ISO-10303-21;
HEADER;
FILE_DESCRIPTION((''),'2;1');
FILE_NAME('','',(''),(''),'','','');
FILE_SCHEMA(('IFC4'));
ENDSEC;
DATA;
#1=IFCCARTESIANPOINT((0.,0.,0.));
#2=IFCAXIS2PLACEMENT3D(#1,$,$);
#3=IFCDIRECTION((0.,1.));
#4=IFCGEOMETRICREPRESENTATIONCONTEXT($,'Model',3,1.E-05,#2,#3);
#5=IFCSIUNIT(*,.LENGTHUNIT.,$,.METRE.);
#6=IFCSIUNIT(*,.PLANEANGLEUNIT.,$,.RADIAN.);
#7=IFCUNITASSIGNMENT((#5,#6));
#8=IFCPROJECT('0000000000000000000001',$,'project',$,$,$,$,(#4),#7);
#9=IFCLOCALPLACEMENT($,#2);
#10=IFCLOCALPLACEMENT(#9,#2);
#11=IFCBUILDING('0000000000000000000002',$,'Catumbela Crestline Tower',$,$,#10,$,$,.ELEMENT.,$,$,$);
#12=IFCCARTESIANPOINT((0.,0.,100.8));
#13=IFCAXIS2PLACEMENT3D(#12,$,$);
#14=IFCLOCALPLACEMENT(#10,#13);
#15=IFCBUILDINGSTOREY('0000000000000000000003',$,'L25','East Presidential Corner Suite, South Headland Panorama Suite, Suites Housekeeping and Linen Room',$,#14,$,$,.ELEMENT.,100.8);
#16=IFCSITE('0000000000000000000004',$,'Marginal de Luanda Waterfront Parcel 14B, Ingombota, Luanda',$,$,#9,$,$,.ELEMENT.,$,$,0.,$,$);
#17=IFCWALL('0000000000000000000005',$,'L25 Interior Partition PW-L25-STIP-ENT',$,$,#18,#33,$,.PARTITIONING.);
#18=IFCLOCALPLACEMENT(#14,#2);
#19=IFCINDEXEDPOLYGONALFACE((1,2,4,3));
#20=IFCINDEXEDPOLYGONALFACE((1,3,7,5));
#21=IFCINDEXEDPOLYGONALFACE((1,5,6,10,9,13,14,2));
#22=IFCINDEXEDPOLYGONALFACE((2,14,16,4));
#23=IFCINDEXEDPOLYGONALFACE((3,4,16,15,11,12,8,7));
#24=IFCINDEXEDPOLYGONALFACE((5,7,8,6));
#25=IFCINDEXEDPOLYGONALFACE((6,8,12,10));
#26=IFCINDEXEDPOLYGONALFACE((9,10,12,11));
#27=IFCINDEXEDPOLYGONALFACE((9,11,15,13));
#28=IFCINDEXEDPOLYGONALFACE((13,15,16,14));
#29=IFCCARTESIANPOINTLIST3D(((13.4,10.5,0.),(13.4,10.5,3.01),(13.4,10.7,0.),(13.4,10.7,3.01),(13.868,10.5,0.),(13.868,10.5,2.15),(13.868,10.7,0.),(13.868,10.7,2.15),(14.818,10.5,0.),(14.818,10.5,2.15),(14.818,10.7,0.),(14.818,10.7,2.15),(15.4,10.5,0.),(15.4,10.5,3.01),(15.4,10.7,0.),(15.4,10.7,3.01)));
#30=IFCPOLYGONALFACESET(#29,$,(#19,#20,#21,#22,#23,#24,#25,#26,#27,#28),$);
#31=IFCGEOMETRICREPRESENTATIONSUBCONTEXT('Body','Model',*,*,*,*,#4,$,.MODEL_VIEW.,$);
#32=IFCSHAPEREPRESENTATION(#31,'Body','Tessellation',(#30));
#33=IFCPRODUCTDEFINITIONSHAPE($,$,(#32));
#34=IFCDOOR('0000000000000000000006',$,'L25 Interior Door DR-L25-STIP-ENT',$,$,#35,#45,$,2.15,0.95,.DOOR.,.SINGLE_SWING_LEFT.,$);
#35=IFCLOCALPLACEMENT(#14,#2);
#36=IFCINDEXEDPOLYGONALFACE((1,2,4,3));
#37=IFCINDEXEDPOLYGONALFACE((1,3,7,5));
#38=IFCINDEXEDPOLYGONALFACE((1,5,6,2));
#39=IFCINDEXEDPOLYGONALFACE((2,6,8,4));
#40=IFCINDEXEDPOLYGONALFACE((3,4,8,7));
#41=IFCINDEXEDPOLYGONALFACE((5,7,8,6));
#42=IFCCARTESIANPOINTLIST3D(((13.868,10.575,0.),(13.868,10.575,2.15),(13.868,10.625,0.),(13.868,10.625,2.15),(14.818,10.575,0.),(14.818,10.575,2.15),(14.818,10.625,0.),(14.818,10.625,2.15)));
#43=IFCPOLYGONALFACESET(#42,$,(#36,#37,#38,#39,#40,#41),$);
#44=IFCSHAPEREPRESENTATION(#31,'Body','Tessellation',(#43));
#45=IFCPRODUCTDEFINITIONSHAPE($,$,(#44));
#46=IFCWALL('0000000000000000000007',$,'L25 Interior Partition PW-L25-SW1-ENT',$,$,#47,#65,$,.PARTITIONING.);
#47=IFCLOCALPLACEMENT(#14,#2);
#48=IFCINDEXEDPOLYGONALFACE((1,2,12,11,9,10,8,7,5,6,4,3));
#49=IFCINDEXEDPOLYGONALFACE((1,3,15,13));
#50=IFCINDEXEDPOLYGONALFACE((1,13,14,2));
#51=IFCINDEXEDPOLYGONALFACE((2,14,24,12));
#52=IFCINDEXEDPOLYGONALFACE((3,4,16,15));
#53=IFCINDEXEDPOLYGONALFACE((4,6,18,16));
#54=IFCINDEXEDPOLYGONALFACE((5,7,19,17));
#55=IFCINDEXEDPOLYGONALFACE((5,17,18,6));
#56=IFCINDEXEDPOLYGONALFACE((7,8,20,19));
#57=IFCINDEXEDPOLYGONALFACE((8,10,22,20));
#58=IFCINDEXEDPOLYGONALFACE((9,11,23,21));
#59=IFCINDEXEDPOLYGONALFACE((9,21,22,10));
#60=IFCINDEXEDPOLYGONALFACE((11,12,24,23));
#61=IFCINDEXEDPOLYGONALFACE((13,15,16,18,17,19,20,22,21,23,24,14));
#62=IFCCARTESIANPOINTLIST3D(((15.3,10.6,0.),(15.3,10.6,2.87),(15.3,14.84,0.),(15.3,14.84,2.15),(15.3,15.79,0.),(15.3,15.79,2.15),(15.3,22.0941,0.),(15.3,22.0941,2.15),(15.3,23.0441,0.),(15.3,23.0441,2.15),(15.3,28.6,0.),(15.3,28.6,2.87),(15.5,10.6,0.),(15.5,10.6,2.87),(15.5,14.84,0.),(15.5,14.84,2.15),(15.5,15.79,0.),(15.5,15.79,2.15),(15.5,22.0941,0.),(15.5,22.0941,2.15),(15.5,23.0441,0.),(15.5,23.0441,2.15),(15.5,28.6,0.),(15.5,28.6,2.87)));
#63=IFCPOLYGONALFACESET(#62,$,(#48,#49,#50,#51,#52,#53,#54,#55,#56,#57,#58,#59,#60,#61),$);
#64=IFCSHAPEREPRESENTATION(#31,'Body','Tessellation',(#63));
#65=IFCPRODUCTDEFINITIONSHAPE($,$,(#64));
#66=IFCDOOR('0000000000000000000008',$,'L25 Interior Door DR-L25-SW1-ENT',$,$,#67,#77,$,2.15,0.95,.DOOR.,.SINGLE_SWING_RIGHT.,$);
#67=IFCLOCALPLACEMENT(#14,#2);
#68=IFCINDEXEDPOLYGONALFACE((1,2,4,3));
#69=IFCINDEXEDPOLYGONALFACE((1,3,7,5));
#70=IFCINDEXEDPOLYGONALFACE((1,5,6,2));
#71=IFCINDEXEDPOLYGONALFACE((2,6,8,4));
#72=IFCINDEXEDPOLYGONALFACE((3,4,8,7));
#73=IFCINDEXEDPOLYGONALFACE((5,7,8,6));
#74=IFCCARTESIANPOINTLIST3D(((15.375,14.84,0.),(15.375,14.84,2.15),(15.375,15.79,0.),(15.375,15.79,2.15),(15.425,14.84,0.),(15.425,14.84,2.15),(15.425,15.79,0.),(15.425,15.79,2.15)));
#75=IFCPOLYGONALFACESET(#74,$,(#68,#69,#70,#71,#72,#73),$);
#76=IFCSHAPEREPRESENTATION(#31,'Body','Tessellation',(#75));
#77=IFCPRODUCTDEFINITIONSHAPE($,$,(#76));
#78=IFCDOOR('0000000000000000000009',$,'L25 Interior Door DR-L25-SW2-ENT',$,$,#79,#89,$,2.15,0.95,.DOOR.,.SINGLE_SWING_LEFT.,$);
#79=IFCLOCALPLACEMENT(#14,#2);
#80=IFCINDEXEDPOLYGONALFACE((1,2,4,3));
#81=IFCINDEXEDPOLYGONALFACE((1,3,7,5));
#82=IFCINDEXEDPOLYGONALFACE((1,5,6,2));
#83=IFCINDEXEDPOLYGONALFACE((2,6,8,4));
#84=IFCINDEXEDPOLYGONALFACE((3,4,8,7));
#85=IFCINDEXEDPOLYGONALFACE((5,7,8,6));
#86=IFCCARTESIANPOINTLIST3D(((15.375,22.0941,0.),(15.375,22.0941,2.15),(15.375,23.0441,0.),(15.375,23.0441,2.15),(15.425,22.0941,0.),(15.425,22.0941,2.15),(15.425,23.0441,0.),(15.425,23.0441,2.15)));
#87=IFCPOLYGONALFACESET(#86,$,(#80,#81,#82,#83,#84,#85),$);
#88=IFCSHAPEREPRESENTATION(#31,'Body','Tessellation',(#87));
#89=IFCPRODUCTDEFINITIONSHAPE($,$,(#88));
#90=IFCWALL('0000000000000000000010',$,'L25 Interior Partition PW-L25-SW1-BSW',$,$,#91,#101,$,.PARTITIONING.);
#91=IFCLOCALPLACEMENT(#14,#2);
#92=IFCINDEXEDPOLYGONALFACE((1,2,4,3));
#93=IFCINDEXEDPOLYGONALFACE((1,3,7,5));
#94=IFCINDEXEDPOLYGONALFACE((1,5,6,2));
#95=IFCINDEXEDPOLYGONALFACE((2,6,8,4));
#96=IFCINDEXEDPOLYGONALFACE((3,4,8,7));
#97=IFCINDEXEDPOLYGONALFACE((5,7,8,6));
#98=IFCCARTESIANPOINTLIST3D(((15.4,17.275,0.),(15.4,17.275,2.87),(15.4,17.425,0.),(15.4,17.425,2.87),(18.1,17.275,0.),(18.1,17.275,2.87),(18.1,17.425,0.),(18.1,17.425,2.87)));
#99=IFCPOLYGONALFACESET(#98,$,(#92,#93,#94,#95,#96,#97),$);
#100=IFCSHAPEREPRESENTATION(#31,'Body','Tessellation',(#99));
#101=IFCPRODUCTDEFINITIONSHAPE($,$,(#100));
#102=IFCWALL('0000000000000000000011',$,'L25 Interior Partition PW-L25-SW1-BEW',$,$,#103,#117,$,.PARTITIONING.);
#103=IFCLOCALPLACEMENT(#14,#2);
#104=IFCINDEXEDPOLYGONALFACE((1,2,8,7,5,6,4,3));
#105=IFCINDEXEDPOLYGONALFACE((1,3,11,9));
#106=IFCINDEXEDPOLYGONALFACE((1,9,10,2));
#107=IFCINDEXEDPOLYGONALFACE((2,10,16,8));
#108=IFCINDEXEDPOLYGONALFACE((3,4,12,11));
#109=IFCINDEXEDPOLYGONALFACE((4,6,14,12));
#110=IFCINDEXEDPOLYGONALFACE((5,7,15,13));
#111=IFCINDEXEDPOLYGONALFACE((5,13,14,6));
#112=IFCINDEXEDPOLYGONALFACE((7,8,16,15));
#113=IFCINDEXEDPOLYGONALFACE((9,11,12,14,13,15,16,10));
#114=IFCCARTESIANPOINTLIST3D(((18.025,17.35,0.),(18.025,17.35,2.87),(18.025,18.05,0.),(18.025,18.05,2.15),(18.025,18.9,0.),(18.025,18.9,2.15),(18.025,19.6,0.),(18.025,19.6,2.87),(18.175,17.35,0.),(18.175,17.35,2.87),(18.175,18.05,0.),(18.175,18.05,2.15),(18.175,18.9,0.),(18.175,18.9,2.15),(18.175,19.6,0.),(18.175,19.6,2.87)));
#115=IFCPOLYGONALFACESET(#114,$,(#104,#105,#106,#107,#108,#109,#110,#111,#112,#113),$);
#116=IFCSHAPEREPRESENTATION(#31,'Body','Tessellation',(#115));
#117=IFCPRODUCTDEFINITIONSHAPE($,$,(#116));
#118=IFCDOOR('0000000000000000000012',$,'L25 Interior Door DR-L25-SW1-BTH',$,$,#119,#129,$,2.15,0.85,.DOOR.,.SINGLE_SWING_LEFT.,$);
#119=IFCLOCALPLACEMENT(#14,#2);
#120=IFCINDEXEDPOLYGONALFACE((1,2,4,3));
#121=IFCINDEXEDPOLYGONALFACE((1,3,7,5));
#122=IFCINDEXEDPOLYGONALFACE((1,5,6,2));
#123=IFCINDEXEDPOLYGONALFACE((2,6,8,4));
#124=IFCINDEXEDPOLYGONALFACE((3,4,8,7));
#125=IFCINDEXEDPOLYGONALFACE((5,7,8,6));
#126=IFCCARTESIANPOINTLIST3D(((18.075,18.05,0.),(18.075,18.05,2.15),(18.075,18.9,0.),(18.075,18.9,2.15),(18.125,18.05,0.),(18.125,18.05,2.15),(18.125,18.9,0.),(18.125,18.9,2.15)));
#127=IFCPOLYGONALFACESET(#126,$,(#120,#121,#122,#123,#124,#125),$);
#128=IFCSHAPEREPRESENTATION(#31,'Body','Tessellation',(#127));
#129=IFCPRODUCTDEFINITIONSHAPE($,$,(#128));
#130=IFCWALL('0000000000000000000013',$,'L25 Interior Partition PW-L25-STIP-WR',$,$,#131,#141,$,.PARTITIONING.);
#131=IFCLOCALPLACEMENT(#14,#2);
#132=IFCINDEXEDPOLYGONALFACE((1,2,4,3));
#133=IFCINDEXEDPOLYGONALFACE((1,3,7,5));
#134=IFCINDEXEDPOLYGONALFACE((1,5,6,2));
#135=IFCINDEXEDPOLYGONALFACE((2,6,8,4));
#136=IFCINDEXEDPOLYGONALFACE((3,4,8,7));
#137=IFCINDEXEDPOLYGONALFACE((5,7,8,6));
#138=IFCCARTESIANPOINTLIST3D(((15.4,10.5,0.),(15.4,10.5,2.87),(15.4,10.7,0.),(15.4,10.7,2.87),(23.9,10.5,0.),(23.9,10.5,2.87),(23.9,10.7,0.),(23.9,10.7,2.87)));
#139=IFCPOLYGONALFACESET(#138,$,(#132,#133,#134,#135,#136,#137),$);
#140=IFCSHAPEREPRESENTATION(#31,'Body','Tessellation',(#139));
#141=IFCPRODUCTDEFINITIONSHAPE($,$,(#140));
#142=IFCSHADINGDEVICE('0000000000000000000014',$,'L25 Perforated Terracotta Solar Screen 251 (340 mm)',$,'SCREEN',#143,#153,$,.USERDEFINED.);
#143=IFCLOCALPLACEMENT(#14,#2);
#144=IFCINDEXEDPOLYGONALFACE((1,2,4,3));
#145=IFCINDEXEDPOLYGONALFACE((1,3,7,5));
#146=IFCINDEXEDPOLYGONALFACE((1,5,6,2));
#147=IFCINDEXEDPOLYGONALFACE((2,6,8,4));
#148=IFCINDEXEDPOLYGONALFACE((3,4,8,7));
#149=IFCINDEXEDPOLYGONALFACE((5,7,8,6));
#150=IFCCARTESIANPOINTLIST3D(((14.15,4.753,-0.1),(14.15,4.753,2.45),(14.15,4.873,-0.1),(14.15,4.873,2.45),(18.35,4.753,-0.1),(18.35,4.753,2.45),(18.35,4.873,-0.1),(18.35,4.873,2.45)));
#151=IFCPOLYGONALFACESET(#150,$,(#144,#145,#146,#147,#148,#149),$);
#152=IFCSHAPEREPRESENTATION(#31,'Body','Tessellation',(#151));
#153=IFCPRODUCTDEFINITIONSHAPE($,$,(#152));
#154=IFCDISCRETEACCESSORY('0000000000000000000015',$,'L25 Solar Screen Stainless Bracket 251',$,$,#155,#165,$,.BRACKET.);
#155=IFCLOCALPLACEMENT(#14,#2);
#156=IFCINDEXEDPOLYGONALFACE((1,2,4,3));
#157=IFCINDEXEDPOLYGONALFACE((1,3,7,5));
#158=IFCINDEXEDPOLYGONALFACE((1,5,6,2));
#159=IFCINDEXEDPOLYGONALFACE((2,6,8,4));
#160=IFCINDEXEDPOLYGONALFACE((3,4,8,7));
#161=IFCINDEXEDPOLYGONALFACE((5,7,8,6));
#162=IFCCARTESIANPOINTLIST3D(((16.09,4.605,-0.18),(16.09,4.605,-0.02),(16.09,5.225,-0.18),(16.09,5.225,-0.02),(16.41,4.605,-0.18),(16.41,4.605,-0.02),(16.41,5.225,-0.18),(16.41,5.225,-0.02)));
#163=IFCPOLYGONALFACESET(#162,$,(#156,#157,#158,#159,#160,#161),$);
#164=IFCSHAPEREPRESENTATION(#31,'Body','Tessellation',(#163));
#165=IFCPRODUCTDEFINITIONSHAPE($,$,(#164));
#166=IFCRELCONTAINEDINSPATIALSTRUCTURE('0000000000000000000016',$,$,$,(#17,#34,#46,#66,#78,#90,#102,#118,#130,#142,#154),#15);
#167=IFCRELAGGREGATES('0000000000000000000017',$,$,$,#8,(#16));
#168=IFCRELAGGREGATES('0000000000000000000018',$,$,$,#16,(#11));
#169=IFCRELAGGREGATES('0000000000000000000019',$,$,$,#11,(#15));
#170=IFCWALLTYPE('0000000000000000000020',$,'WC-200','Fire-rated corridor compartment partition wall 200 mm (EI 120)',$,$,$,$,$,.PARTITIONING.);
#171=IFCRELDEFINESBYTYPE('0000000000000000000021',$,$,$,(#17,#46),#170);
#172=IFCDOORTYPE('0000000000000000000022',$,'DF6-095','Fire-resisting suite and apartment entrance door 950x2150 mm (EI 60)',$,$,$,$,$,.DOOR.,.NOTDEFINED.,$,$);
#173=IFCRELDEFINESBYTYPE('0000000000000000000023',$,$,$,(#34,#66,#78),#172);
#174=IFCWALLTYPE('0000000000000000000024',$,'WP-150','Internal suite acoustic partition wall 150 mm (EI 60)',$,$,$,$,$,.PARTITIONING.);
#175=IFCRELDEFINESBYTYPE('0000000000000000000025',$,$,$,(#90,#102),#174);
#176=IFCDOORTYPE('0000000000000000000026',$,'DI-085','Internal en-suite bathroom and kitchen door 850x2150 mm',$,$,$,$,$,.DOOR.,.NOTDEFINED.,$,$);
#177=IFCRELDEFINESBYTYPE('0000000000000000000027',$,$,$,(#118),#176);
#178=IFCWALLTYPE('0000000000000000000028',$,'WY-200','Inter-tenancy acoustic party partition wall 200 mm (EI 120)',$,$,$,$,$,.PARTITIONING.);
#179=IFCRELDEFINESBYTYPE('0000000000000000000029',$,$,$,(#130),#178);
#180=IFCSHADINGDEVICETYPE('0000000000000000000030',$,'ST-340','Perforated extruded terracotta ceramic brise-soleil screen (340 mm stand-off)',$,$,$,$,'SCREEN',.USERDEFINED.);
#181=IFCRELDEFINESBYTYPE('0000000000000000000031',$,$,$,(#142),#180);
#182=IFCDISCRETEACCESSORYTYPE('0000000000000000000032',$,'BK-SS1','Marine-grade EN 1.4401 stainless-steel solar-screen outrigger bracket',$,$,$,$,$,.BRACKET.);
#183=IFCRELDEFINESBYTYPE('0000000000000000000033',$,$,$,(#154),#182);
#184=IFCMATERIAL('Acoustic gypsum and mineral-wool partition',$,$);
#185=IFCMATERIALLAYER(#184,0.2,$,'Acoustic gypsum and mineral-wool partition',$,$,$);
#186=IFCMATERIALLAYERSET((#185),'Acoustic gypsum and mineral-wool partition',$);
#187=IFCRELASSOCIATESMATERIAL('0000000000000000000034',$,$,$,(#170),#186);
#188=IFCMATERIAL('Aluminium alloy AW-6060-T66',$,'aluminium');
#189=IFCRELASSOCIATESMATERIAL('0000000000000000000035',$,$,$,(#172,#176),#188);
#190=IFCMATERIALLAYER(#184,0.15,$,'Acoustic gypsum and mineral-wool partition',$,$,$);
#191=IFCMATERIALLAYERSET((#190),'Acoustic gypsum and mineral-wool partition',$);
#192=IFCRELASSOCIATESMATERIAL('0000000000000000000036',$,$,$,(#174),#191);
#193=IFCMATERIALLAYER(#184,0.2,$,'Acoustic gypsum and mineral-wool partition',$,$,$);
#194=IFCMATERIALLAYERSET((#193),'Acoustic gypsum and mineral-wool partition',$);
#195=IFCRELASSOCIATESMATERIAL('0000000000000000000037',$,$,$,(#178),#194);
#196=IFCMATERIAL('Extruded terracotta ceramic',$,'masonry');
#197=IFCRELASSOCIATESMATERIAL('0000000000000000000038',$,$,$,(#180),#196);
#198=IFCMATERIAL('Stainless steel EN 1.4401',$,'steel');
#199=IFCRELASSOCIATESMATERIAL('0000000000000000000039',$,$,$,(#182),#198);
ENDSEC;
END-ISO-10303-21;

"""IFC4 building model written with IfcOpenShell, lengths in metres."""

from ifc_helpers import new_model, si_unit, direction, frame, frame_2d, origin, origin_2d, place, context, subcontext, project, spatial, rectangle, extrude, material, layer, layer_set, type_object, element, fill, save


model = new_model("IFC4")

# Units and contexts
model_context = context("Model", 3, precision=1e-05, world=origin(), true_north=direction((0.0, 1.0)))
body_context = subcontext(model_context, "Body", "Model", "MODEL_VIEW")
ifc_project = project(units=[si_unit("LENGTHUNIT", "METRE"), si_unit("PLANEANGLEUNIT", "RADIAN")], contexts=[model_context])

# Site, building, storey
site_placement = place(None, origin())
site = spatial("IfcSite", under=ifc_project, at=site_placement, Name="Marginal de Luanda Waterfront Parcel 14B, Ingombota, Luanda", CompositionType="ELEMENT", RefElevation=0.0)
building_placement = place(site_placement, origin())
building = spatial("IfcBuilding", under=site, at=building_placement, Name="Catumbela Crestline Tower", CompositionType="ELEMENT")
storey_placement = place(building_placement, frame((0.0, 0.0, 100.8)))
storey = spatial("IfcBuildingStorey", under=building, at=storey_placement, Name="L25", Description="East Presidential Corner Suite, South Headland Panorama Suite, Suites Housekeeping and Linen Room", CompositionType="ELEMENT", Elevation=100.8)

# Shared definitions
ifc_material_1 = material(Name="Aluminium alloy AW-6060-T66", Category="aluminium")

# Shared definitions
ifc_material_2 = material(Name="Acoustic gypsum and mineral-wool partition")
ifc_layer_1 = layer(ifc_material_2, 0.2, Name="Acoustic gypsum and mineral-wool partition")
ifc_layer_set_1 = layer_set([ifc_layer_1], Name="Acoustic gypsum and mineral-wool partition")
wall_type_1 = type_object("IfcWallType", Name="WC-200", Description="Fire-rated corridor compartment partition wall 200 mm (EI 120)", PredefinedType="PARTITIONING", material=ifc_layer_set_1)
door_type_1 = type_object("IfcDoorType", Name="DF6-095", Description="Fire-resisting suite and apartment entrance door 950x2150 mm (EI 60)", OperationType="NOTDEFINED", PredefinedType="DOOR", material=ifc_material_1)

# Wall, opening, door
wall_1_placement = place(storey_placement, frame((13.4, 10.6, 0.0), z_axis=(0.0, 0.0, 1.0), x_axis=(1.0, 0.0, 0.0)))
wall_1 = element("IfcWall", 1, at=wall_1_placement, inside=storey, type_object=wall_type_1, Name="L25 Interior Partition PW-L25-STIP-ENT", PredefinedType="PARTITIONING", context=body_context, shape_type="SweptSolid", body=[
    extrude(rectangle(XDim=2.0, YDim=0.2, at=frame_2d((1.0, 0.0))), origin(), (0.0, 0.0, 1.0), 3.01),
])
opening_1_placement = place(wall_1_placement, frame((0.468, 0.0, 0.0)))
opening_1 = element("IfcOpeningElement", 2, at=opening_1_placement, cuts=wall_1, PredefinedType="OPENING", context=body_context, shape_type="SweptSolid", body=[
    extrude(rectangle(XDim=0.95, YDim=2.15, at=frame_2d((0.475, 1.075))), frame((0.0, 0.11, 0.0), z_axis=(0.0, -1.0, 0.0), x_axis=(1.0, 0.0, 0.0)), (0.0, 0.0, 1.0), 0.22),
])
door_1_placement = place(opening_1_placement, origin())
door_1 = element("IfcDoor", 3, at=door_1_placement, inside=storey, type_object=door_type_1, Name="L25 Interior Door DR-L25-STIP-ENT", OperationType="SINGLE_SWING_LEFT", OverallHeight=2.15, OverallWidth=0.95, PredefinedType="DOOR", context=body_context, shape_type="SweptSolid", body=[
    extrude(rectangle(XDim=0.95, YDim=2.15, at=frame_2d((0.475, 1.075))), frame((0.0, 0.025, 0.0), z_axis=(0.0, -1.0, 0.0), x_axis=(1.0, 0.0, 0.0)), (0.0, 0.0, 1.0), 0.05),
])
fill(opening_1, door_1)

# Wall, openings, doors
wall_2_placement = place(storey_placement, frame((15.4, 10.6, 0.0), z_axis=(0.0, 0.0, 1.0), x_axis=(0.0, 1.0, 0.0)))
wall_2 = element("IfcWall", 4, at=wall_2_placement, inside=storey, type_object=wall_type_1, Name="L25 Interior Partition PW-L25-SW1-ENT", PredefinedType="PARTITIONING", context=body_context, shape_type="SweptSolid", body=[
    extrude(rectangle(XDim=18.0, YDim=0.2, at=frame_2d((9.0, 0.0))), origin(), (0.0, 0.0, 1.0), 2.87),
])
opening_2_placement = place(wall_2_placement, frame((4.24, 0.0, 0.0)))
opening_2 = element("IfcOpeningElement", 5, at=opening_2_placement, cuts=wall_2, PredefinedType="OPENING", context=body_context, shape_type="SweptSolid", body=[
    extrude(rectangle(XDim=0.95, YDim=2.15, at=frame_2d((0.475, 1.075))), frame((0.0, 0.11, 0.0), z_axis=(0.0, -1.0, 0.0), x_axis=(1.0, 0.0, 0.0)), (0.0, 0.0, 1.0), 0.22),
])
opening_3_placement = place(wall_2_placement, frame((11.4941, 0.0, 0.0)))
opening_3 = element("IfcOpeningElement", 6, at=opening_3_placement, cuts=wall_2, PredefinedType="OPENING", context=body_context, shape_type="SweptSolid", body=[
    extrude(rectangle(XDim=0.95, YDim=2.15, at=frame_2d((0.475, 1.075))), frame((0.0, 0.11, 0.0), z_axis=(0.0, -1.0, 0.0), x_axis=(1.0, 0.0, 0.0)), (0.0, 0.0, 1.0), 0.22),
])
door_2_placement = place(opening_2_placement, origin())
door_2 = element("IfcDoor", 7, at=door_2_placement, inside=storey, type_object=door_type_1, Name="L25 Interior Door DR-L25-SW1-ENT", OperationType="SINGLE_SWING_RIGHT", OverallHeight=2.15, OverallWidth=0.95, PredefinedType="DOOR", context=body_context, shape_type="SweptSolid", body=[
    extrude(rectangle(XDim=0.95, YDim=2.15, at=frame_2d((0.475, 1.075))), frame((0.0, 0.025, 0.0), z_axis=(0.0, -1.0, 0.0), x_axis=(1.0, 0.0, 0.0)), (0.0, 0.0, 1.0), 0.05),
])
fill(opening_2, door_2)
door_3_placement = place(opening_3_placement, origin())
door_3 = element("IfcDoor", 8, at=door_3_placement, inside=storey, type_object=door_type_1, Name="L25 Interior Door DR-L25-SW2-ENT", OperationType="SINGLE_SWING_LEFT", OverallHeight=2.15, OverallWidth=0.95, PredefinedType="DOOR", context=body_context, shape_type="SweptSolid", body=[
    extrude(rectangle(XDim=0.95, YDim=2.15, at=frame_2d((0.475, 1.075))), frame((0.0, 0.025, 0.0), z_axis=(0.0, -1.0, 0.0), x_axis=(1.0, 0.0, 0.0)), (0.0, 0.0, 1.0), 0.05),
])
fill(opening_3, door_3)

# Wall
ifc_layer_2 = layer(ifc_material_2, 0.15, Name="Acoustic gypsum and mineral-wool partition")
ifc_layer_set_2 = layer_set([ifc_layer_2], Name="Acoustic gypsum and mineral-wool partition")
wall_type_2 = type_object("IfcWallType", Name="WP-150", Description="Internal suite acoustic partition wall 150 mm (EI 60)", PredefinedType="PARTITIONING", material=ifc_layer_set_2)
wall_3_placement = place(storey_placement, frame((15.4, 17.35, 0.0), z_axis=(0.0, 0.0, 1.0), x_axis=(1.0, 0.0, 0.0)))
element("IfcWall", 9, at=wall_3_placement, inside=storey, type_object=wall_type_2, Name="L25 Interior Partition PW-L25-SW1-BSW", PredefinedType="PARTITIONING", context=body_context, shape_type="SweptSolid", body=[
    extrude(rectangle(XDim=2.7, YDim=0.15, at=frame_2d((1.35, 0.0))), origin(), (0.0, 0.0, 1.0), 2.87),
])

# Wall, opening, door
wall_4_placement = place(storey_placement, frame((18.1, 17.35, 0.0), z_axis=(0.0, 0.0, 1.0), x_axis=(0.0, 1.0, 0.0)))
wall_4 = element("IfcWall", 10, at=wall_4_placement, inside=storey, type_object=wall_type_2, Name="L25 Interior Partition PW-L25-SW1-BEW", PredefinedType="PARTITIONING", context=body_context, shape_type="SweptSolid", body=[
    extrude(rectangle(XDim=2.25, YDim=0.15, at=frame_2d((1.125, 0.0))), origin(), (0.0, 0.0, 1.0), 2.87),
])
opening_4_placement = place(wall_4_placement, frame((0.7, 0.0, 0.0)))
opening_4 = element("IfcOpeningElement", 11, at=opening_4_placement, cuts=wall_4, PredefinedType="OPENING", context=body_context, shape_type="SweptSolid", body=[
    extrude(rectangle(XDim=0.85, YDim=2.15, at=frame_2d((0.425, 1.075))), frame((0.0, 0.085, 0.0), z_axis=(0.0, -1.0, 0.0), x_axis=(1.0, 0.0, 0.0)), (0.0, 0.0, 1.0), 0.17),
])
door_type_2 = type_object("IfcDoorType", Name="DI-085", Description="Internal en-suite bathroom and kitchen door 850x2150 mm", OperationType="NOTDEFINED", PredefinedType="DOOR", material=ifc_material_1)
door_4_placement = place(opening_4_placement, origin())
door_4 = element("IfcDoor", 12, at=door_4_placement, inside=storey, type_object=door_type_2, Name="L25 Interior Door DR-L25-SW1-BTH", OperationType="SINGLE_SWING_LEFT", OverallHeight=2.15, OverallWidth=0.85, PredefinedType="DOOR", context=body_context, shape_type="SweptSolid", body=[
    extrude(rectangle(XDim=0.85, YDim=2.15, at=frame_2d((0.425, 1.075))), frame((0.0, 0.025, 0.0), z_axis=(0.0, -1.0, 0.0), x_axis=(1.0, 0.0, 0.0)), (0.0, 0.0, 1.0), 0.05),
])
fill(opening_4, door_4)

# Wall
ifc_layer_3 = layer(ifc_material_2, 0.2, Name="Acoustic gypsum and mineral-wool partition")
ifc_layer_set_3 = layer_set([ifc_layer_3], Name="Acoustic gypsum and mineral-wool partition")
wall_type_3 = type_object("IfcWallType", Name="WY-200", Description="Inter-tenancy acoustic party partition wall 200 mm (EI 120)", PredefinedType="PARTITIONING", material=ifc_layer_set_3)
wall_5_placement = place(storey_placement, frame((15.4, 10.6, 0.0), z_axis=(0.0, 0.0, 1.0), x_axis=(1.0, 0.0, 0.0)))
element("IfcWall", 13, at=wall_5_placement, inside=storey, type_object=wall_type_3, Name="L25 Interior Partition PW-L25-STIP-WR", PredefinedType="PARTITIONING", context=body_context, shape_type="SweptSolid", body=[
    extrude(rectangle(XDim=8.5, YDim=0.2, at=frame_2d((4.25, 0.0))), origin(), (0.0, 0.0, 1.0), 2.87),
])

# Shading device
ifc_material_3 = material(Name="Extruded terracotta ceramic", Category="masonry")
shading_device_type = type_object("IfcShadingDeviceType", Name="ST-340", Description="Perforated extruded terracotta ceramic brise-soleil screen (340 mm stand-off)", ElementType="SCREEN", PredefinedType="USERDEFINED", material=ifc_material_3)
shading_device_placement = place(storey_placement, frame((16.25, 4.813, -0.1), z_axis=(0.0, 0.0, 1.0), x_axis=(1.0, 0.0, 0.0)))
element("IfcShadingDevice", 14, at=shading_device_placement, inside=storey, type_object=shading_device_type, Name="L25 Perforated Terracotta Solar Screen 251 (340 mm)", ObjectType="SCREEN", PredefinedType="USERDEFINED", context=body_context, shape_type="SweptSolid", body=[
    extrude(rectangle(XDim=4.2, YDim=0.12, at=origin_2d()), origin(), (0.0, 0.0, 1.0), 2.55),
])

# Discrete accessory
ifc_material_4 = material(Name="Stainless steel EN 1.4401", Category="steel")
discrete_accessory_type = type_object("IfcDiscreteAccessoryType", Name="BK-SS1", Description="Marine-grade EN 1.4401 stainless-steel solar-screen outrigger bracket", PredefinedType="BRACKET", material=ifc_material_4)
discrete_accessory_placement = place(storey_placement, frame((16.25, 4.915, -0.18), z_axis=(0.0, 0.0, 1.0), x_axis=(1.0, 0.0, 0.0)))
element("IfcDiscreteAccessory", 15, at=discrete_accessory_placement, inside=storey, type_object=discrete_accessory_type, Name="L25 Solar Screen Stainless Bracket 251", PredefinedType="BRACKET", context=body_context, shape_type="SweptSolid", body=[
    extrude(rectangle(XDim=0.32, YDim=0.62, at=origin_2d()), origin(), (0.0, 0.0, 1.0), 0.16),
])

save(model, "model.ifc")
